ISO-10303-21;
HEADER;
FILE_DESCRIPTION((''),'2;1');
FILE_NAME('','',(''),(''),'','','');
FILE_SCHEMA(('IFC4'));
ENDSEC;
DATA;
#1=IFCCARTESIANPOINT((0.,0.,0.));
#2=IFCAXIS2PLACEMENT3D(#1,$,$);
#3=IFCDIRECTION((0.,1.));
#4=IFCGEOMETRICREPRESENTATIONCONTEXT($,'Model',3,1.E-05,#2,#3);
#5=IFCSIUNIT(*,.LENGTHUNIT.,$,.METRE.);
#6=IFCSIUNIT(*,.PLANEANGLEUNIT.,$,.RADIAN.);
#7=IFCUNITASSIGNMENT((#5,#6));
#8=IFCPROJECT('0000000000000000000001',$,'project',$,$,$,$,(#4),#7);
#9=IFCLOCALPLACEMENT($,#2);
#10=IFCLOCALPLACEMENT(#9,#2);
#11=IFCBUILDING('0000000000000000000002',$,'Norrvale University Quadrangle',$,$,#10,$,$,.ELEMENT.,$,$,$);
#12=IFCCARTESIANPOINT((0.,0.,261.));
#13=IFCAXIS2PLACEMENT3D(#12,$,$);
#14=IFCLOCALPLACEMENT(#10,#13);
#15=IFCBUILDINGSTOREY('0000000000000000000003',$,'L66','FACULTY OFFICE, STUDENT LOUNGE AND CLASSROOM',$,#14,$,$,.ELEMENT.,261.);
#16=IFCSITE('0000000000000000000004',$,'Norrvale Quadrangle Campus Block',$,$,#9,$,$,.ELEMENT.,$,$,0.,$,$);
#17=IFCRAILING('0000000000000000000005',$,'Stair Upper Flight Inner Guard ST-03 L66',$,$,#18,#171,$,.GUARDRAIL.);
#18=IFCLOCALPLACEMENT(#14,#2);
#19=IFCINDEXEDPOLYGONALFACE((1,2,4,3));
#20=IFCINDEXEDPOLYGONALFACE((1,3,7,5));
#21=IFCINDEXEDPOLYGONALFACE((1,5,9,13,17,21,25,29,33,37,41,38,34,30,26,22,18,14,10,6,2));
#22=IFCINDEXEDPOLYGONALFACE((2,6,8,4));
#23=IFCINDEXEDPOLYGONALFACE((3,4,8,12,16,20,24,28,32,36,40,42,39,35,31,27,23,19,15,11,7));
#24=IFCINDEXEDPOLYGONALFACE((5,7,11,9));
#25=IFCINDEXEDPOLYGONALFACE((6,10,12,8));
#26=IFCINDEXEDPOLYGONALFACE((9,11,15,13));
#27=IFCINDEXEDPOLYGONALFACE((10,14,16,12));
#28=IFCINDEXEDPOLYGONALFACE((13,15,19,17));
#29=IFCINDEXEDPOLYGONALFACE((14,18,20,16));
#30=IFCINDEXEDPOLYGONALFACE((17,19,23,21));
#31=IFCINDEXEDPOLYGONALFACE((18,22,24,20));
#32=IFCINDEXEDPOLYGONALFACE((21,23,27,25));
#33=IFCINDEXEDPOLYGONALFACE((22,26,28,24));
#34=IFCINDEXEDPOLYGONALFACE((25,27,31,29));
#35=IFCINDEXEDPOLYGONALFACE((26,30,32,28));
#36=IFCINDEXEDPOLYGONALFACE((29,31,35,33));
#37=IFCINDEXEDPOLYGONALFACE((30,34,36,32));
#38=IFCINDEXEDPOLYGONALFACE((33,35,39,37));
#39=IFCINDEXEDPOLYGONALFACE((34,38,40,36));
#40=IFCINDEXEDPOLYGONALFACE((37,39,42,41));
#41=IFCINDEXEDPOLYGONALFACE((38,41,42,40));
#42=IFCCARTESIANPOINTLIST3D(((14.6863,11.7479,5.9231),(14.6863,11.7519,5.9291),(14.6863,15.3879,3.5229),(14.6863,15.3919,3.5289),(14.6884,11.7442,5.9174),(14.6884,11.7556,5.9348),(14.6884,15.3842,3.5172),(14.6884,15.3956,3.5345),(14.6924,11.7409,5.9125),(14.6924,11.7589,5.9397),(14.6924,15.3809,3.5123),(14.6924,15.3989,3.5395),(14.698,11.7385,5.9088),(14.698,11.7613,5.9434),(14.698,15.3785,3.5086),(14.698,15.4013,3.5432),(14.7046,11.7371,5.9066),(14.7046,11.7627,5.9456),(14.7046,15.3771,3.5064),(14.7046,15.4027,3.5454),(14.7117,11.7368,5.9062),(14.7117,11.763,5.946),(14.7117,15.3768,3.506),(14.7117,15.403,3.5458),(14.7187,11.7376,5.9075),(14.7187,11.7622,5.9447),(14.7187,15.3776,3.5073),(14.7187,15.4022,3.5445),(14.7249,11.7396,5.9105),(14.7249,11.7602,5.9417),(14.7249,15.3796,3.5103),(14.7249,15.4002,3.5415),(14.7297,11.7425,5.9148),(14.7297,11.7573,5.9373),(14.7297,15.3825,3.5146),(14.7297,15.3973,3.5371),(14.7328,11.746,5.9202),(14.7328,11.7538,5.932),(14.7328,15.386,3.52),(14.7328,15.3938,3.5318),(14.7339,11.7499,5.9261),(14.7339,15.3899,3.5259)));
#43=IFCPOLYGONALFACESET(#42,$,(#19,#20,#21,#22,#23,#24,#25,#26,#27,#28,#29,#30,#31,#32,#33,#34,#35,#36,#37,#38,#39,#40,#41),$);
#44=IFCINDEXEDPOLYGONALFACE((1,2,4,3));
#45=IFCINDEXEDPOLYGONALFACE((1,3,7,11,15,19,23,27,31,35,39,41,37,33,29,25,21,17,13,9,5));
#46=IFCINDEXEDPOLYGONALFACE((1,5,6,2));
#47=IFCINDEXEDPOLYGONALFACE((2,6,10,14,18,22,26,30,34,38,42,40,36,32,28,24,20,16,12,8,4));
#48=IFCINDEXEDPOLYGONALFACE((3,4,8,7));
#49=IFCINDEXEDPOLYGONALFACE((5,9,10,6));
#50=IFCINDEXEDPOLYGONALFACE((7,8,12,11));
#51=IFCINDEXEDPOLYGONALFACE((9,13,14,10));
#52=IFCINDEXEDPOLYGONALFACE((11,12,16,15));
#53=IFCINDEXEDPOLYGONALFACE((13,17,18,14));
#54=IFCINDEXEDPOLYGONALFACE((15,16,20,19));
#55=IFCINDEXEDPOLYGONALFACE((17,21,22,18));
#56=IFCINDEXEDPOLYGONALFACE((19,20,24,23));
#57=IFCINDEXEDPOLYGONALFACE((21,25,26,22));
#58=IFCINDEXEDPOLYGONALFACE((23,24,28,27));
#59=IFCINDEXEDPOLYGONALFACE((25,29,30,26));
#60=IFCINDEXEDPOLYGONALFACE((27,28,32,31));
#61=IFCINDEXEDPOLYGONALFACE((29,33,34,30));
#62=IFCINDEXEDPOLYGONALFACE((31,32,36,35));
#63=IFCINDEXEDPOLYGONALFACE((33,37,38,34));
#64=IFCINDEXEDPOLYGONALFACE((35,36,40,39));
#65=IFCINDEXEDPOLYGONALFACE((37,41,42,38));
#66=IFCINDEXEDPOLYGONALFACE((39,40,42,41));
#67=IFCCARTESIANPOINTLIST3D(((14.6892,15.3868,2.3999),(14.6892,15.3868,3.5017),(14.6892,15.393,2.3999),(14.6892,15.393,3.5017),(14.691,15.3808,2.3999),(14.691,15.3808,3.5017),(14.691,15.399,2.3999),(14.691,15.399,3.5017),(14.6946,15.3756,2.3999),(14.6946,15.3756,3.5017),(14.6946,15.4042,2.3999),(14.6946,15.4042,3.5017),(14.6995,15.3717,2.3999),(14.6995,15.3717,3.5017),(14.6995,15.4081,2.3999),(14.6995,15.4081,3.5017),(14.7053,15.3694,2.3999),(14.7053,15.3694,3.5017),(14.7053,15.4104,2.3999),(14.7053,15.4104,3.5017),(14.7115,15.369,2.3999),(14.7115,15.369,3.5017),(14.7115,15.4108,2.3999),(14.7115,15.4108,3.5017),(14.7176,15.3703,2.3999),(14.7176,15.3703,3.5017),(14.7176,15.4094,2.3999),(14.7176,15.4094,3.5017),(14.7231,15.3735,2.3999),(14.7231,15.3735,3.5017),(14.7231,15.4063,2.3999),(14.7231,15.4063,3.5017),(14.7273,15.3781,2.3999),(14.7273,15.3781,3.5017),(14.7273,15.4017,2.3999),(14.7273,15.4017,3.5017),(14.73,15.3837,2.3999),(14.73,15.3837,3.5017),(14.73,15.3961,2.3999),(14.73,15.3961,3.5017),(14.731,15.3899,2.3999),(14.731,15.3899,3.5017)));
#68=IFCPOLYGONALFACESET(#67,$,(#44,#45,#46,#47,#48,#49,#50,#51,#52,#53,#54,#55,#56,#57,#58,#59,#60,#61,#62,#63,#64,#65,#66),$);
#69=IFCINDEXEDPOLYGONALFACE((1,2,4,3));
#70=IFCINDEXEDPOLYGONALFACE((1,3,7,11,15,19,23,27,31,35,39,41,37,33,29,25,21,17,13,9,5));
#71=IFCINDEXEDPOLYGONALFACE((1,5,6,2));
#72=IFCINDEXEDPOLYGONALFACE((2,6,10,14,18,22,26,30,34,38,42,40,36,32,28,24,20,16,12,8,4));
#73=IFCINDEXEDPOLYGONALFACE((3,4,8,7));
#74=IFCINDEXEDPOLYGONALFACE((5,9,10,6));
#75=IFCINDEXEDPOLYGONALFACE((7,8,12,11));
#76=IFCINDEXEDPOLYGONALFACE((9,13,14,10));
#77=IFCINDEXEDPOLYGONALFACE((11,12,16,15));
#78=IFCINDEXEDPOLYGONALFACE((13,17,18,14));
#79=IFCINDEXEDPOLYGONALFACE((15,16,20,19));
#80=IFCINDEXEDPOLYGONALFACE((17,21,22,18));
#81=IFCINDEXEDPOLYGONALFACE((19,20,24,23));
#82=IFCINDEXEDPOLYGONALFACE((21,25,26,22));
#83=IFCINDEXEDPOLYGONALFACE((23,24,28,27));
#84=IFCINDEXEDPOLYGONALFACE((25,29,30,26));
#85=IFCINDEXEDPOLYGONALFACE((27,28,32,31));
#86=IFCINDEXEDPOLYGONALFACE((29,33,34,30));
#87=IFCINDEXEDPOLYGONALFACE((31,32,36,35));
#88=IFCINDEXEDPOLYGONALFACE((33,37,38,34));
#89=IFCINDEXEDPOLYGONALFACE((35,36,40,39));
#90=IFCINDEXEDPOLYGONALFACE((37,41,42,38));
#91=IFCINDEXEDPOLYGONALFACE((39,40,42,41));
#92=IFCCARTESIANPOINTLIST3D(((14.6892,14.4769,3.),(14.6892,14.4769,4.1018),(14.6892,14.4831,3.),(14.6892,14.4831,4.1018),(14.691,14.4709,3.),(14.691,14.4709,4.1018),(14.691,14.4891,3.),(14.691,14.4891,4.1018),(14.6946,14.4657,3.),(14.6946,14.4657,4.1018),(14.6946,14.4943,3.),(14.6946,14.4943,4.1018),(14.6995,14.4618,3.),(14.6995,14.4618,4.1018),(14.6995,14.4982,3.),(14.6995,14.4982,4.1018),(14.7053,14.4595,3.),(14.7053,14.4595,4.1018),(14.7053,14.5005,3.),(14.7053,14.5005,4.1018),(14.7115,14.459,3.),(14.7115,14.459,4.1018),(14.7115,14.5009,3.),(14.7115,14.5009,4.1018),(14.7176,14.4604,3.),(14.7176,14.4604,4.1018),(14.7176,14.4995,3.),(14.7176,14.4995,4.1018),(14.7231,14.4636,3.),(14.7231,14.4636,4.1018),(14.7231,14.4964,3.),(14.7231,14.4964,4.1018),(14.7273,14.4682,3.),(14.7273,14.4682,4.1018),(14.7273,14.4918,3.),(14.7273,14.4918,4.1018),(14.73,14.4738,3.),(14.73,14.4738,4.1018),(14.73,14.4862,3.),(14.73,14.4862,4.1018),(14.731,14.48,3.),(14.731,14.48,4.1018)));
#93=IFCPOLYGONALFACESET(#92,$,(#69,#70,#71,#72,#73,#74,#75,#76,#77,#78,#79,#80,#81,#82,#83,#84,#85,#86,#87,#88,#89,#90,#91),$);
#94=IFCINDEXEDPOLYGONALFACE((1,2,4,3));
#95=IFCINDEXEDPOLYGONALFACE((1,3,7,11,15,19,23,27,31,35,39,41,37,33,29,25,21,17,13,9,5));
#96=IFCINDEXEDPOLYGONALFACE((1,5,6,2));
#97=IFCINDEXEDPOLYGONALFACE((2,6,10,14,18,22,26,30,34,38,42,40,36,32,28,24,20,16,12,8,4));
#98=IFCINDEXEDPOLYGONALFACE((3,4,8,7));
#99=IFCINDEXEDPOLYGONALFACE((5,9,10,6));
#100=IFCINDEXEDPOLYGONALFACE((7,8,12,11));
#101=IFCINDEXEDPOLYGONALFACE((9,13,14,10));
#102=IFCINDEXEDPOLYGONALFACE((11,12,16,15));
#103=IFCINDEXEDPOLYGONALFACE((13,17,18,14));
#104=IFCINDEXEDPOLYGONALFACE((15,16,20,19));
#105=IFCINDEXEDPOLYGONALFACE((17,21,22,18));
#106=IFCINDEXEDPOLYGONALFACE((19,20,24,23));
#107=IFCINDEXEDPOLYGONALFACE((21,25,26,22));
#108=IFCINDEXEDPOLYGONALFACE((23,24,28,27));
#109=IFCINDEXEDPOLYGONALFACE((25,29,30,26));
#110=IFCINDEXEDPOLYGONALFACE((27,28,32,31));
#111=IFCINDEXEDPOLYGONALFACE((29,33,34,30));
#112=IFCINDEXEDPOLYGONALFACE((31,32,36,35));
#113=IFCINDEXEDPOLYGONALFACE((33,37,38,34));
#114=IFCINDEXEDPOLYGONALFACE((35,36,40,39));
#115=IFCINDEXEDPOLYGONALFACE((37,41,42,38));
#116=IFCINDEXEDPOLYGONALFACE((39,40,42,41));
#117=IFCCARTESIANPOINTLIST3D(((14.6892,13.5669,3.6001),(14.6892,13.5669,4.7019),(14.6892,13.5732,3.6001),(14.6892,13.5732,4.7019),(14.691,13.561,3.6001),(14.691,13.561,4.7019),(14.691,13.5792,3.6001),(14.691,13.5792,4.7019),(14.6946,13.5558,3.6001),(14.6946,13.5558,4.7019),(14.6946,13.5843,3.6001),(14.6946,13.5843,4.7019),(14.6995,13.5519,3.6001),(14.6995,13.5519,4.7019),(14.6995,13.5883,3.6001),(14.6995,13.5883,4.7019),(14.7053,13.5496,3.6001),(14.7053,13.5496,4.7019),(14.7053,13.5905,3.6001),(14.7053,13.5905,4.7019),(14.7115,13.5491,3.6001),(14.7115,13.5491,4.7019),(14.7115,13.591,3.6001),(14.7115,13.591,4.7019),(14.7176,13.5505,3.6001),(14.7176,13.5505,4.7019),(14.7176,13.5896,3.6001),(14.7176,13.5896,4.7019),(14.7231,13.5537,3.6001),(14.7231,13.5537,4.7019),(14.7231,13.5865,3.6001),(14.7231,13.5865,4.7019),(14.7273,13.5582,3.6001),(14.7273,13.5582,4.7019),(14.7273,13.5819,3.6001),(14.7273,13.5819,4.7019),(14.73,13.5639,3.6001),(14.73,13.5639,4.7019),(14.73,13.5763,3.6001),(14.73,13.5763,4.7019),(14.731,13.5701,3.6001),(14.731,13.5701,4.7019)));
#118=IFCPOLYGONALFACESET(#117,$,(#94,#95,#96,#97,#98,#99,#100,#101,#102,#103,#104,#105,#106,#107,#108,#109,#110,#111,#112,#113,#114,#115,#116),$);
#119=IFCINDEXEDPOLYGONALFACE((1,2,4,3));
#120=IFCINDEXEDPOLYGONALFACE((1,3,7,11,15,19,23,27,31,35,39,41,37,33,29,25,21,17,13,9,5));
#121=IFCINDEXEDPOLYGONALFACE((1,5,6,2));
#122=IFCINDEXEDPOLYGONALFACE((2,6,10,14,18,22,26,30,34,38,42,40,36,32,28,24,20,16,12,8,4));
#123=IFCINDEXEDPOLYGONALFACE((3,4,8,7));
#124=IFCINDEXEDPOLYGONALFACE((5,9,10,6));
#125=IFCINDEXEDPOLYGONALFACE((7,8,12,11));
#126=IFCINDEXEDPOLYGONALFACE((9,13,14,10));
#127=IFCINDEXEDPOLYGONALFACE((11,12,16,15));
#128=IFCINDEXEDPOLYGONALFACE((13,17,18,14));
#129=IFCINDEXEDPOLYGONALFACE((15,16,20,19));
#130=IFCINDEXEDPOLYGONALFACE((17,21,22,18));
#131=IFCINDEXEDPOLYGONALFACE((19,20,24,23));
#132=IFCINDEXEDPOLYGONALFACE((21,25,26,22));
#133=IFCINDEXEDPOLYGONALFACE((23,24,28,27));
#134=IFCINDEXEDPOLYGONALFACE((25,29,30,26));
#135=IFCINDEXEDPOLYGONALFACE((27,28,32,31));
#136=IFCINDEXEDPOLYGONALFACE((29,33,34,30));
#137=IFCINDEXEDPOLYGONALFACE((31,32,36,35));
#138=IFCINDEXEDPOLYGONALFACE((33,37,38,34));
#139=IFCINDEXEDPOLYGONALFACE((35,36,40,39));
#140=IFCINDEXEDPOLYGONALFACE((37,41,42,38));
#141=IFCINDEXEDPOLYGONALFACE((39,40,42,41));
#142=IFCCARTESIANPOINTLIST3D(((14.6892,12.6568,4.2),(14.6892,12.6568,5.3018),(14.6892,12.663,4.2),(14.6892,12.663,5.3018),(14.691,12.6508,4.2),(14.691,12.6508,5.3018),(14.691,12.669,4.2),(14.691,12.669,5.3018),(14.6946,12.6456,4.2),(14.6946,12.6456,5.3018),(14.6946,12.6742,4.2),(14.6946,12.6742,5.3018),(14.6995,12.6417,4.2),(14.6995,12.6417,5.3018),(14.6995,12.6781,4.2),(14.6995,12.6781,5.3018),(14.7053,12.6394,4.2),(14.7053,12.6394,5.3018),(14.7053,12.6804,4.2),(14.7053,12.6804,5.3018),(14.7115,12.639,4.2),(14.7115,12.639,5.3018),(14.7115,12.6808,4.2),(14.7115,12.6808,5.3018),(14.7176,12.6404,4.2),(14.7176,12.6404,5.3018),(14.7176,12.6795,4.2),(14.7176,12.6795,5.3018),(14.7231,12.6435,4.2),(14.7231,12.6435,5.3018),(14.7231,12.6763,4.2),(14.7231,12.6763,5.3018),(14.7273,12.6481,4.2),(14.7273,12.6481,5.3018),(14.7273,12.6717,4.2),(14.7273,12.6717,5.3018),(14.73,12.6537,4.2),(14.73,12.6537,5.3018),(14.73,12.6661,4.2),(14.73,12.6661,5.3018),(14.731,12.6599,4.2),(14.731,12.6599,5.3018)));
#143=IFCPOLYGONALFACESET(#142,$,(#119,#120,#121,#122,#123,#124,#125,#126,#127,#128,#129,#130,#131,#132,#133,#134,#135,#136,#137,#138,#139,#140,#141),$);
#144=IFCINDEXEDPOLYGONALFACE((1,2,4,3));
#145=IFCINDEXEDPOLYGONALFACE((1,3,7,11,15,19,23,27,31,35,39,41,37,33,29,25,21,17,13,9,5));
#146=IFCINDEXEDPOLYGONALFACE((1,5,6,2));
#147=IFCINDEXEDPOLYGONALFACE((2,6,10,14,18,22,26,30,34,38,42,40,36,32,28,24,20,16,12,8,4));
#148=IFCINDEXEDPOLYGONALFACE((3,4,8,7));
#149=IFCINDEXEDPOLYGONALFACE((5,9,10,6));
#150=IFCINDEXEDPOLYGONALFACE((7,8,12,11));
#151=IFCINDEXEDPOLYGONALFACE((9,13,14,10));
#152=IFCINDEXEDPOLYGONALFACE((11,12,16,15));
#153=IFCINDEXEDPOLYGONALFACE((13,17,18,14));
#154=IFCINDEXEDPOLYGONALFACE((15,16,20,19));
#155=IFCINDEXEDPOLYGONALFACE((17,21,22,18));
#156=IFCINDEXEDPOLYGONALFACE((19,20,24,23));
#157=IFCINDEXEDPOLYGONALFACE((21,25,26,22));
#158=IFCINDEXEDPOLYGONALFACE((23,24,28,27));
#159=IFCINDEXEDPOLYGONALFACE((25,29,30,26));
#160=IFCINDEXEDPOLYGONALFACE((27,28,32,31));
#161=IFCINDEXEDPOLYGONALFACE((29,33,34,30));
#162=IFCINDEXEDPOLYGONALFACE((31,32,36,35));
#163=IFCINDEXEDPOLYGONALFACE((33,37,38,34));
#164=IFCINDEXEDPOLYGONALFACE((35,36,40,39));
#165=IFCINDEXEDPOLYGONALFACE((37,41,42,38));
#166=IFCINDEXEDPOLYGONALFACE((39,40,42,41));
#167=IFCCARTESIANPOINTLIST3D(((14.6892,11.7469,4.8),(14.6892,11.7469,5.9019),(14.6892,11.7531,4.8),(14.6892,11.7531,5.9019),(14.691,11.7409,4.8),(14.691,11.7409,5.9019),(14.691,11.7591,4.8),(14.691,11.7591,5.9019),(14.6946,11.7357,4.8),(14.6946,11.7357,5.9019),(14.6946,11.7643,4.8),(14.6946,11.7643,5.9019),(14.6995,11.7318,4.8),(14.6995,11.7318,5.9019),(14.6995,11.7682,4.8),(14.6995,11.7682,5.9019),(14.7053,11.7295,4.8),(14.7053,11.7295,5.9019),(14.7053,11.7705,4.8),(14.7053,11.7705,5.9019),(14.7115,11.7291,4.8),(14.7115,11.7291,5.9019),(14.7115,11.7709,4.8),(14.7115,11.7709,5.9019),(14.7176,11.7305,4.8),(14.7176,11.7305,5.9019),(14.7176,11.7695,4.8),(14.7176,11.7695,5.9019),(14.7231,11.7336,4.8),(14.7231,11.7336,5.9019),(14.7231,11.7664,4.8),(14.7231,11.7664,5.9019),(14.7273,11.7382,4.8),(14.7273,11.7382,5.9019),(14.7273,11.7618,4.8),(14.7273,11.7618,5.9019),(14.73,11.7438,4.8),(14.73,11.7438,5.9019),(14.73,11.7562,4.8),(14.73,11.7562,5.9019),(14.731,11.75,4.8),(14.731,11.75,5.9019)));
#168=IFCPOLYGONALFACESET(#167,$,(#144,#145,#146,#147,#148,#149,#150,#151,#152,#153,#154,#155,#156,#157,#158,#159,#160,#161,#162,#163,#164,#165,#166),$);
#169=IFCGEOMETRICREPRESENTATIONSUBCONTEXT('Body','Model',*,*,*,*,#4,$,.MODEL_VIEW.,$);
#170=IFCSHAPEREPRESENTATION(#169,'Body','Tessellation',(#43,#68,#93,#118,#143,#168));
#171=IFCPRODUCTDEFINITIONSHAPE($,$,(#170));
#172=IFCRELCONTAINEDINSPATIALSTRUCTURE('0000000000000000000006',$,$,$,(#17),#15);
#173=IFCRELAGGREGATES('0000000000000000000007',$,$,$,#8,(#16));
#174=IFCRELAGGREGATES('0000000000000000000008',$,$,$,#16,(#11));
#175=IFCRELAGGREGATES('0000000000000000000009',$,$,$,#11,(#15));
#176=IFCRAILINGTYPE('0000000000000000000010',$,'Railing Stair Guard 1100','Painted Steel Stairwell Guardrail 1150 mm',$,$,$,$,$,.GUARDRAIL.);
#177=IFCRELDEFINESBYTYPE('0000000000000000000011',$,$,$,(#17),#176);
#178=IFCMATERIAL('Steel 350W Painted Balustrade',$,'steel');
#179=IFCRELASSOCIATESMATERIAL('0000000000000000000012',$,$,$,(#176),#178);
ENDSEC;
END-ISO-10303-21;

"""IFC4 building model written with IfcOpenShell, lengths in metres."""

from ifc_helpers import new_model, si_unit, direction, frame, origin, origin_2d, place, context, subcontext, project, spatial, circle, extrude, material, type_object, element, save


model = new_model("IFC4")

# Units and contexts
model_context = context("Model", 3, precision=1e-05, world=origin(), true_north=direction((0.0, 1.0)))
body_context = subcontext(model_context, "Body", "Model", "MODEL_VIEW")
ifc_project = project(units=[si_unit("LENGTHUNIT", "METRE"), si_unit("PLANEANGLEUNIT", "RADIAN")], contexts=[model_context])

# Site, building, storey
site_placement = place(None, origin())
site = spatial("IfcSite", under=ifc_project, at=site_placement, Name="Norrvale Quadrangle Campus Block", CompositionType="ELEMENT", RefElevation=0.0)
building_placement = place(site_placement, origin())
building = spatial("IfcBuilding", under=site, at=building_placement, Name="Norrvale University Quadrangle", CompositionType="ELEMENT")
storey_placement = place(building_placement, frame((0.0, 0.0, 261.0)))
storey = spatial("IfcBuildingStorey", under=building, at=storey_placement, Name="L66", Description="FACULTY OFFICE, STUDENT LOUNGE AND CLASSROOM", CompositionType="ELEMENT", Elevation=261.0)

# Railing
ifc_material_1 = material(Name="Steel 350W Painted Balustrade", Category="steel")
railing_type_1 = type_object("IfcRailingType", Name="Railing Stair Guard 1100", Description="Painted Steel Stairwell Guardrail 1150 mm", PredefinedType="GUARDRAIL", material=ifc_material_1)
railing_1_placement = place(storey_placement, frame((14.71, 15.3899, 2.3999)))
element("IfcRailing", 1, at=railing_1_placement, inside=storey, type_object=railing_type_1, Name="Stair Upper Flight Inner Guard ST-03 L66", PredefinedType="GUARDRAIL", context=body_context, shape_type="SweptSolid", body=[
    extrude(circle(Radius=0.0239, at=origin_2d()), frame((0.0, 0.0, 1.126), z_axis=(0.0, -0.834839, 0.550493), x_axis=(1.0, 0.0, 0.0)), (0.0, 0.0, 1.0), 4.3601),
    extrude(circle(Radius=0.021, at=origin_2d()), origin(), (0.0, 0.0, 1.0), 1.1018),
    extrude(circle(Radius=0.021, at=origin_2d()), frame((0.0, -0.9099, 0.6001)), (0.0, 0.0, 1.0), 1.1018),
    extrude(circle(Radius=0.021, at=origin_2d()), frame((0.0, -1.8198, 1.2002)), (0.0, 0.0, 1.0), 1.1018),
    extrude(circle(Radius=0.021, at=origin_2d()), frame((0.0, -2.73, 1.8)), (0.0, 0.0, 1.0), 1.1018),
    extrude(circle(Radius=0.021, at=origin_2d()), frame((0.0, -3.6399, 2.4001)), (0.0, 0.0, 1.0), 1.1018),
])

save(model, "model.ifc")
